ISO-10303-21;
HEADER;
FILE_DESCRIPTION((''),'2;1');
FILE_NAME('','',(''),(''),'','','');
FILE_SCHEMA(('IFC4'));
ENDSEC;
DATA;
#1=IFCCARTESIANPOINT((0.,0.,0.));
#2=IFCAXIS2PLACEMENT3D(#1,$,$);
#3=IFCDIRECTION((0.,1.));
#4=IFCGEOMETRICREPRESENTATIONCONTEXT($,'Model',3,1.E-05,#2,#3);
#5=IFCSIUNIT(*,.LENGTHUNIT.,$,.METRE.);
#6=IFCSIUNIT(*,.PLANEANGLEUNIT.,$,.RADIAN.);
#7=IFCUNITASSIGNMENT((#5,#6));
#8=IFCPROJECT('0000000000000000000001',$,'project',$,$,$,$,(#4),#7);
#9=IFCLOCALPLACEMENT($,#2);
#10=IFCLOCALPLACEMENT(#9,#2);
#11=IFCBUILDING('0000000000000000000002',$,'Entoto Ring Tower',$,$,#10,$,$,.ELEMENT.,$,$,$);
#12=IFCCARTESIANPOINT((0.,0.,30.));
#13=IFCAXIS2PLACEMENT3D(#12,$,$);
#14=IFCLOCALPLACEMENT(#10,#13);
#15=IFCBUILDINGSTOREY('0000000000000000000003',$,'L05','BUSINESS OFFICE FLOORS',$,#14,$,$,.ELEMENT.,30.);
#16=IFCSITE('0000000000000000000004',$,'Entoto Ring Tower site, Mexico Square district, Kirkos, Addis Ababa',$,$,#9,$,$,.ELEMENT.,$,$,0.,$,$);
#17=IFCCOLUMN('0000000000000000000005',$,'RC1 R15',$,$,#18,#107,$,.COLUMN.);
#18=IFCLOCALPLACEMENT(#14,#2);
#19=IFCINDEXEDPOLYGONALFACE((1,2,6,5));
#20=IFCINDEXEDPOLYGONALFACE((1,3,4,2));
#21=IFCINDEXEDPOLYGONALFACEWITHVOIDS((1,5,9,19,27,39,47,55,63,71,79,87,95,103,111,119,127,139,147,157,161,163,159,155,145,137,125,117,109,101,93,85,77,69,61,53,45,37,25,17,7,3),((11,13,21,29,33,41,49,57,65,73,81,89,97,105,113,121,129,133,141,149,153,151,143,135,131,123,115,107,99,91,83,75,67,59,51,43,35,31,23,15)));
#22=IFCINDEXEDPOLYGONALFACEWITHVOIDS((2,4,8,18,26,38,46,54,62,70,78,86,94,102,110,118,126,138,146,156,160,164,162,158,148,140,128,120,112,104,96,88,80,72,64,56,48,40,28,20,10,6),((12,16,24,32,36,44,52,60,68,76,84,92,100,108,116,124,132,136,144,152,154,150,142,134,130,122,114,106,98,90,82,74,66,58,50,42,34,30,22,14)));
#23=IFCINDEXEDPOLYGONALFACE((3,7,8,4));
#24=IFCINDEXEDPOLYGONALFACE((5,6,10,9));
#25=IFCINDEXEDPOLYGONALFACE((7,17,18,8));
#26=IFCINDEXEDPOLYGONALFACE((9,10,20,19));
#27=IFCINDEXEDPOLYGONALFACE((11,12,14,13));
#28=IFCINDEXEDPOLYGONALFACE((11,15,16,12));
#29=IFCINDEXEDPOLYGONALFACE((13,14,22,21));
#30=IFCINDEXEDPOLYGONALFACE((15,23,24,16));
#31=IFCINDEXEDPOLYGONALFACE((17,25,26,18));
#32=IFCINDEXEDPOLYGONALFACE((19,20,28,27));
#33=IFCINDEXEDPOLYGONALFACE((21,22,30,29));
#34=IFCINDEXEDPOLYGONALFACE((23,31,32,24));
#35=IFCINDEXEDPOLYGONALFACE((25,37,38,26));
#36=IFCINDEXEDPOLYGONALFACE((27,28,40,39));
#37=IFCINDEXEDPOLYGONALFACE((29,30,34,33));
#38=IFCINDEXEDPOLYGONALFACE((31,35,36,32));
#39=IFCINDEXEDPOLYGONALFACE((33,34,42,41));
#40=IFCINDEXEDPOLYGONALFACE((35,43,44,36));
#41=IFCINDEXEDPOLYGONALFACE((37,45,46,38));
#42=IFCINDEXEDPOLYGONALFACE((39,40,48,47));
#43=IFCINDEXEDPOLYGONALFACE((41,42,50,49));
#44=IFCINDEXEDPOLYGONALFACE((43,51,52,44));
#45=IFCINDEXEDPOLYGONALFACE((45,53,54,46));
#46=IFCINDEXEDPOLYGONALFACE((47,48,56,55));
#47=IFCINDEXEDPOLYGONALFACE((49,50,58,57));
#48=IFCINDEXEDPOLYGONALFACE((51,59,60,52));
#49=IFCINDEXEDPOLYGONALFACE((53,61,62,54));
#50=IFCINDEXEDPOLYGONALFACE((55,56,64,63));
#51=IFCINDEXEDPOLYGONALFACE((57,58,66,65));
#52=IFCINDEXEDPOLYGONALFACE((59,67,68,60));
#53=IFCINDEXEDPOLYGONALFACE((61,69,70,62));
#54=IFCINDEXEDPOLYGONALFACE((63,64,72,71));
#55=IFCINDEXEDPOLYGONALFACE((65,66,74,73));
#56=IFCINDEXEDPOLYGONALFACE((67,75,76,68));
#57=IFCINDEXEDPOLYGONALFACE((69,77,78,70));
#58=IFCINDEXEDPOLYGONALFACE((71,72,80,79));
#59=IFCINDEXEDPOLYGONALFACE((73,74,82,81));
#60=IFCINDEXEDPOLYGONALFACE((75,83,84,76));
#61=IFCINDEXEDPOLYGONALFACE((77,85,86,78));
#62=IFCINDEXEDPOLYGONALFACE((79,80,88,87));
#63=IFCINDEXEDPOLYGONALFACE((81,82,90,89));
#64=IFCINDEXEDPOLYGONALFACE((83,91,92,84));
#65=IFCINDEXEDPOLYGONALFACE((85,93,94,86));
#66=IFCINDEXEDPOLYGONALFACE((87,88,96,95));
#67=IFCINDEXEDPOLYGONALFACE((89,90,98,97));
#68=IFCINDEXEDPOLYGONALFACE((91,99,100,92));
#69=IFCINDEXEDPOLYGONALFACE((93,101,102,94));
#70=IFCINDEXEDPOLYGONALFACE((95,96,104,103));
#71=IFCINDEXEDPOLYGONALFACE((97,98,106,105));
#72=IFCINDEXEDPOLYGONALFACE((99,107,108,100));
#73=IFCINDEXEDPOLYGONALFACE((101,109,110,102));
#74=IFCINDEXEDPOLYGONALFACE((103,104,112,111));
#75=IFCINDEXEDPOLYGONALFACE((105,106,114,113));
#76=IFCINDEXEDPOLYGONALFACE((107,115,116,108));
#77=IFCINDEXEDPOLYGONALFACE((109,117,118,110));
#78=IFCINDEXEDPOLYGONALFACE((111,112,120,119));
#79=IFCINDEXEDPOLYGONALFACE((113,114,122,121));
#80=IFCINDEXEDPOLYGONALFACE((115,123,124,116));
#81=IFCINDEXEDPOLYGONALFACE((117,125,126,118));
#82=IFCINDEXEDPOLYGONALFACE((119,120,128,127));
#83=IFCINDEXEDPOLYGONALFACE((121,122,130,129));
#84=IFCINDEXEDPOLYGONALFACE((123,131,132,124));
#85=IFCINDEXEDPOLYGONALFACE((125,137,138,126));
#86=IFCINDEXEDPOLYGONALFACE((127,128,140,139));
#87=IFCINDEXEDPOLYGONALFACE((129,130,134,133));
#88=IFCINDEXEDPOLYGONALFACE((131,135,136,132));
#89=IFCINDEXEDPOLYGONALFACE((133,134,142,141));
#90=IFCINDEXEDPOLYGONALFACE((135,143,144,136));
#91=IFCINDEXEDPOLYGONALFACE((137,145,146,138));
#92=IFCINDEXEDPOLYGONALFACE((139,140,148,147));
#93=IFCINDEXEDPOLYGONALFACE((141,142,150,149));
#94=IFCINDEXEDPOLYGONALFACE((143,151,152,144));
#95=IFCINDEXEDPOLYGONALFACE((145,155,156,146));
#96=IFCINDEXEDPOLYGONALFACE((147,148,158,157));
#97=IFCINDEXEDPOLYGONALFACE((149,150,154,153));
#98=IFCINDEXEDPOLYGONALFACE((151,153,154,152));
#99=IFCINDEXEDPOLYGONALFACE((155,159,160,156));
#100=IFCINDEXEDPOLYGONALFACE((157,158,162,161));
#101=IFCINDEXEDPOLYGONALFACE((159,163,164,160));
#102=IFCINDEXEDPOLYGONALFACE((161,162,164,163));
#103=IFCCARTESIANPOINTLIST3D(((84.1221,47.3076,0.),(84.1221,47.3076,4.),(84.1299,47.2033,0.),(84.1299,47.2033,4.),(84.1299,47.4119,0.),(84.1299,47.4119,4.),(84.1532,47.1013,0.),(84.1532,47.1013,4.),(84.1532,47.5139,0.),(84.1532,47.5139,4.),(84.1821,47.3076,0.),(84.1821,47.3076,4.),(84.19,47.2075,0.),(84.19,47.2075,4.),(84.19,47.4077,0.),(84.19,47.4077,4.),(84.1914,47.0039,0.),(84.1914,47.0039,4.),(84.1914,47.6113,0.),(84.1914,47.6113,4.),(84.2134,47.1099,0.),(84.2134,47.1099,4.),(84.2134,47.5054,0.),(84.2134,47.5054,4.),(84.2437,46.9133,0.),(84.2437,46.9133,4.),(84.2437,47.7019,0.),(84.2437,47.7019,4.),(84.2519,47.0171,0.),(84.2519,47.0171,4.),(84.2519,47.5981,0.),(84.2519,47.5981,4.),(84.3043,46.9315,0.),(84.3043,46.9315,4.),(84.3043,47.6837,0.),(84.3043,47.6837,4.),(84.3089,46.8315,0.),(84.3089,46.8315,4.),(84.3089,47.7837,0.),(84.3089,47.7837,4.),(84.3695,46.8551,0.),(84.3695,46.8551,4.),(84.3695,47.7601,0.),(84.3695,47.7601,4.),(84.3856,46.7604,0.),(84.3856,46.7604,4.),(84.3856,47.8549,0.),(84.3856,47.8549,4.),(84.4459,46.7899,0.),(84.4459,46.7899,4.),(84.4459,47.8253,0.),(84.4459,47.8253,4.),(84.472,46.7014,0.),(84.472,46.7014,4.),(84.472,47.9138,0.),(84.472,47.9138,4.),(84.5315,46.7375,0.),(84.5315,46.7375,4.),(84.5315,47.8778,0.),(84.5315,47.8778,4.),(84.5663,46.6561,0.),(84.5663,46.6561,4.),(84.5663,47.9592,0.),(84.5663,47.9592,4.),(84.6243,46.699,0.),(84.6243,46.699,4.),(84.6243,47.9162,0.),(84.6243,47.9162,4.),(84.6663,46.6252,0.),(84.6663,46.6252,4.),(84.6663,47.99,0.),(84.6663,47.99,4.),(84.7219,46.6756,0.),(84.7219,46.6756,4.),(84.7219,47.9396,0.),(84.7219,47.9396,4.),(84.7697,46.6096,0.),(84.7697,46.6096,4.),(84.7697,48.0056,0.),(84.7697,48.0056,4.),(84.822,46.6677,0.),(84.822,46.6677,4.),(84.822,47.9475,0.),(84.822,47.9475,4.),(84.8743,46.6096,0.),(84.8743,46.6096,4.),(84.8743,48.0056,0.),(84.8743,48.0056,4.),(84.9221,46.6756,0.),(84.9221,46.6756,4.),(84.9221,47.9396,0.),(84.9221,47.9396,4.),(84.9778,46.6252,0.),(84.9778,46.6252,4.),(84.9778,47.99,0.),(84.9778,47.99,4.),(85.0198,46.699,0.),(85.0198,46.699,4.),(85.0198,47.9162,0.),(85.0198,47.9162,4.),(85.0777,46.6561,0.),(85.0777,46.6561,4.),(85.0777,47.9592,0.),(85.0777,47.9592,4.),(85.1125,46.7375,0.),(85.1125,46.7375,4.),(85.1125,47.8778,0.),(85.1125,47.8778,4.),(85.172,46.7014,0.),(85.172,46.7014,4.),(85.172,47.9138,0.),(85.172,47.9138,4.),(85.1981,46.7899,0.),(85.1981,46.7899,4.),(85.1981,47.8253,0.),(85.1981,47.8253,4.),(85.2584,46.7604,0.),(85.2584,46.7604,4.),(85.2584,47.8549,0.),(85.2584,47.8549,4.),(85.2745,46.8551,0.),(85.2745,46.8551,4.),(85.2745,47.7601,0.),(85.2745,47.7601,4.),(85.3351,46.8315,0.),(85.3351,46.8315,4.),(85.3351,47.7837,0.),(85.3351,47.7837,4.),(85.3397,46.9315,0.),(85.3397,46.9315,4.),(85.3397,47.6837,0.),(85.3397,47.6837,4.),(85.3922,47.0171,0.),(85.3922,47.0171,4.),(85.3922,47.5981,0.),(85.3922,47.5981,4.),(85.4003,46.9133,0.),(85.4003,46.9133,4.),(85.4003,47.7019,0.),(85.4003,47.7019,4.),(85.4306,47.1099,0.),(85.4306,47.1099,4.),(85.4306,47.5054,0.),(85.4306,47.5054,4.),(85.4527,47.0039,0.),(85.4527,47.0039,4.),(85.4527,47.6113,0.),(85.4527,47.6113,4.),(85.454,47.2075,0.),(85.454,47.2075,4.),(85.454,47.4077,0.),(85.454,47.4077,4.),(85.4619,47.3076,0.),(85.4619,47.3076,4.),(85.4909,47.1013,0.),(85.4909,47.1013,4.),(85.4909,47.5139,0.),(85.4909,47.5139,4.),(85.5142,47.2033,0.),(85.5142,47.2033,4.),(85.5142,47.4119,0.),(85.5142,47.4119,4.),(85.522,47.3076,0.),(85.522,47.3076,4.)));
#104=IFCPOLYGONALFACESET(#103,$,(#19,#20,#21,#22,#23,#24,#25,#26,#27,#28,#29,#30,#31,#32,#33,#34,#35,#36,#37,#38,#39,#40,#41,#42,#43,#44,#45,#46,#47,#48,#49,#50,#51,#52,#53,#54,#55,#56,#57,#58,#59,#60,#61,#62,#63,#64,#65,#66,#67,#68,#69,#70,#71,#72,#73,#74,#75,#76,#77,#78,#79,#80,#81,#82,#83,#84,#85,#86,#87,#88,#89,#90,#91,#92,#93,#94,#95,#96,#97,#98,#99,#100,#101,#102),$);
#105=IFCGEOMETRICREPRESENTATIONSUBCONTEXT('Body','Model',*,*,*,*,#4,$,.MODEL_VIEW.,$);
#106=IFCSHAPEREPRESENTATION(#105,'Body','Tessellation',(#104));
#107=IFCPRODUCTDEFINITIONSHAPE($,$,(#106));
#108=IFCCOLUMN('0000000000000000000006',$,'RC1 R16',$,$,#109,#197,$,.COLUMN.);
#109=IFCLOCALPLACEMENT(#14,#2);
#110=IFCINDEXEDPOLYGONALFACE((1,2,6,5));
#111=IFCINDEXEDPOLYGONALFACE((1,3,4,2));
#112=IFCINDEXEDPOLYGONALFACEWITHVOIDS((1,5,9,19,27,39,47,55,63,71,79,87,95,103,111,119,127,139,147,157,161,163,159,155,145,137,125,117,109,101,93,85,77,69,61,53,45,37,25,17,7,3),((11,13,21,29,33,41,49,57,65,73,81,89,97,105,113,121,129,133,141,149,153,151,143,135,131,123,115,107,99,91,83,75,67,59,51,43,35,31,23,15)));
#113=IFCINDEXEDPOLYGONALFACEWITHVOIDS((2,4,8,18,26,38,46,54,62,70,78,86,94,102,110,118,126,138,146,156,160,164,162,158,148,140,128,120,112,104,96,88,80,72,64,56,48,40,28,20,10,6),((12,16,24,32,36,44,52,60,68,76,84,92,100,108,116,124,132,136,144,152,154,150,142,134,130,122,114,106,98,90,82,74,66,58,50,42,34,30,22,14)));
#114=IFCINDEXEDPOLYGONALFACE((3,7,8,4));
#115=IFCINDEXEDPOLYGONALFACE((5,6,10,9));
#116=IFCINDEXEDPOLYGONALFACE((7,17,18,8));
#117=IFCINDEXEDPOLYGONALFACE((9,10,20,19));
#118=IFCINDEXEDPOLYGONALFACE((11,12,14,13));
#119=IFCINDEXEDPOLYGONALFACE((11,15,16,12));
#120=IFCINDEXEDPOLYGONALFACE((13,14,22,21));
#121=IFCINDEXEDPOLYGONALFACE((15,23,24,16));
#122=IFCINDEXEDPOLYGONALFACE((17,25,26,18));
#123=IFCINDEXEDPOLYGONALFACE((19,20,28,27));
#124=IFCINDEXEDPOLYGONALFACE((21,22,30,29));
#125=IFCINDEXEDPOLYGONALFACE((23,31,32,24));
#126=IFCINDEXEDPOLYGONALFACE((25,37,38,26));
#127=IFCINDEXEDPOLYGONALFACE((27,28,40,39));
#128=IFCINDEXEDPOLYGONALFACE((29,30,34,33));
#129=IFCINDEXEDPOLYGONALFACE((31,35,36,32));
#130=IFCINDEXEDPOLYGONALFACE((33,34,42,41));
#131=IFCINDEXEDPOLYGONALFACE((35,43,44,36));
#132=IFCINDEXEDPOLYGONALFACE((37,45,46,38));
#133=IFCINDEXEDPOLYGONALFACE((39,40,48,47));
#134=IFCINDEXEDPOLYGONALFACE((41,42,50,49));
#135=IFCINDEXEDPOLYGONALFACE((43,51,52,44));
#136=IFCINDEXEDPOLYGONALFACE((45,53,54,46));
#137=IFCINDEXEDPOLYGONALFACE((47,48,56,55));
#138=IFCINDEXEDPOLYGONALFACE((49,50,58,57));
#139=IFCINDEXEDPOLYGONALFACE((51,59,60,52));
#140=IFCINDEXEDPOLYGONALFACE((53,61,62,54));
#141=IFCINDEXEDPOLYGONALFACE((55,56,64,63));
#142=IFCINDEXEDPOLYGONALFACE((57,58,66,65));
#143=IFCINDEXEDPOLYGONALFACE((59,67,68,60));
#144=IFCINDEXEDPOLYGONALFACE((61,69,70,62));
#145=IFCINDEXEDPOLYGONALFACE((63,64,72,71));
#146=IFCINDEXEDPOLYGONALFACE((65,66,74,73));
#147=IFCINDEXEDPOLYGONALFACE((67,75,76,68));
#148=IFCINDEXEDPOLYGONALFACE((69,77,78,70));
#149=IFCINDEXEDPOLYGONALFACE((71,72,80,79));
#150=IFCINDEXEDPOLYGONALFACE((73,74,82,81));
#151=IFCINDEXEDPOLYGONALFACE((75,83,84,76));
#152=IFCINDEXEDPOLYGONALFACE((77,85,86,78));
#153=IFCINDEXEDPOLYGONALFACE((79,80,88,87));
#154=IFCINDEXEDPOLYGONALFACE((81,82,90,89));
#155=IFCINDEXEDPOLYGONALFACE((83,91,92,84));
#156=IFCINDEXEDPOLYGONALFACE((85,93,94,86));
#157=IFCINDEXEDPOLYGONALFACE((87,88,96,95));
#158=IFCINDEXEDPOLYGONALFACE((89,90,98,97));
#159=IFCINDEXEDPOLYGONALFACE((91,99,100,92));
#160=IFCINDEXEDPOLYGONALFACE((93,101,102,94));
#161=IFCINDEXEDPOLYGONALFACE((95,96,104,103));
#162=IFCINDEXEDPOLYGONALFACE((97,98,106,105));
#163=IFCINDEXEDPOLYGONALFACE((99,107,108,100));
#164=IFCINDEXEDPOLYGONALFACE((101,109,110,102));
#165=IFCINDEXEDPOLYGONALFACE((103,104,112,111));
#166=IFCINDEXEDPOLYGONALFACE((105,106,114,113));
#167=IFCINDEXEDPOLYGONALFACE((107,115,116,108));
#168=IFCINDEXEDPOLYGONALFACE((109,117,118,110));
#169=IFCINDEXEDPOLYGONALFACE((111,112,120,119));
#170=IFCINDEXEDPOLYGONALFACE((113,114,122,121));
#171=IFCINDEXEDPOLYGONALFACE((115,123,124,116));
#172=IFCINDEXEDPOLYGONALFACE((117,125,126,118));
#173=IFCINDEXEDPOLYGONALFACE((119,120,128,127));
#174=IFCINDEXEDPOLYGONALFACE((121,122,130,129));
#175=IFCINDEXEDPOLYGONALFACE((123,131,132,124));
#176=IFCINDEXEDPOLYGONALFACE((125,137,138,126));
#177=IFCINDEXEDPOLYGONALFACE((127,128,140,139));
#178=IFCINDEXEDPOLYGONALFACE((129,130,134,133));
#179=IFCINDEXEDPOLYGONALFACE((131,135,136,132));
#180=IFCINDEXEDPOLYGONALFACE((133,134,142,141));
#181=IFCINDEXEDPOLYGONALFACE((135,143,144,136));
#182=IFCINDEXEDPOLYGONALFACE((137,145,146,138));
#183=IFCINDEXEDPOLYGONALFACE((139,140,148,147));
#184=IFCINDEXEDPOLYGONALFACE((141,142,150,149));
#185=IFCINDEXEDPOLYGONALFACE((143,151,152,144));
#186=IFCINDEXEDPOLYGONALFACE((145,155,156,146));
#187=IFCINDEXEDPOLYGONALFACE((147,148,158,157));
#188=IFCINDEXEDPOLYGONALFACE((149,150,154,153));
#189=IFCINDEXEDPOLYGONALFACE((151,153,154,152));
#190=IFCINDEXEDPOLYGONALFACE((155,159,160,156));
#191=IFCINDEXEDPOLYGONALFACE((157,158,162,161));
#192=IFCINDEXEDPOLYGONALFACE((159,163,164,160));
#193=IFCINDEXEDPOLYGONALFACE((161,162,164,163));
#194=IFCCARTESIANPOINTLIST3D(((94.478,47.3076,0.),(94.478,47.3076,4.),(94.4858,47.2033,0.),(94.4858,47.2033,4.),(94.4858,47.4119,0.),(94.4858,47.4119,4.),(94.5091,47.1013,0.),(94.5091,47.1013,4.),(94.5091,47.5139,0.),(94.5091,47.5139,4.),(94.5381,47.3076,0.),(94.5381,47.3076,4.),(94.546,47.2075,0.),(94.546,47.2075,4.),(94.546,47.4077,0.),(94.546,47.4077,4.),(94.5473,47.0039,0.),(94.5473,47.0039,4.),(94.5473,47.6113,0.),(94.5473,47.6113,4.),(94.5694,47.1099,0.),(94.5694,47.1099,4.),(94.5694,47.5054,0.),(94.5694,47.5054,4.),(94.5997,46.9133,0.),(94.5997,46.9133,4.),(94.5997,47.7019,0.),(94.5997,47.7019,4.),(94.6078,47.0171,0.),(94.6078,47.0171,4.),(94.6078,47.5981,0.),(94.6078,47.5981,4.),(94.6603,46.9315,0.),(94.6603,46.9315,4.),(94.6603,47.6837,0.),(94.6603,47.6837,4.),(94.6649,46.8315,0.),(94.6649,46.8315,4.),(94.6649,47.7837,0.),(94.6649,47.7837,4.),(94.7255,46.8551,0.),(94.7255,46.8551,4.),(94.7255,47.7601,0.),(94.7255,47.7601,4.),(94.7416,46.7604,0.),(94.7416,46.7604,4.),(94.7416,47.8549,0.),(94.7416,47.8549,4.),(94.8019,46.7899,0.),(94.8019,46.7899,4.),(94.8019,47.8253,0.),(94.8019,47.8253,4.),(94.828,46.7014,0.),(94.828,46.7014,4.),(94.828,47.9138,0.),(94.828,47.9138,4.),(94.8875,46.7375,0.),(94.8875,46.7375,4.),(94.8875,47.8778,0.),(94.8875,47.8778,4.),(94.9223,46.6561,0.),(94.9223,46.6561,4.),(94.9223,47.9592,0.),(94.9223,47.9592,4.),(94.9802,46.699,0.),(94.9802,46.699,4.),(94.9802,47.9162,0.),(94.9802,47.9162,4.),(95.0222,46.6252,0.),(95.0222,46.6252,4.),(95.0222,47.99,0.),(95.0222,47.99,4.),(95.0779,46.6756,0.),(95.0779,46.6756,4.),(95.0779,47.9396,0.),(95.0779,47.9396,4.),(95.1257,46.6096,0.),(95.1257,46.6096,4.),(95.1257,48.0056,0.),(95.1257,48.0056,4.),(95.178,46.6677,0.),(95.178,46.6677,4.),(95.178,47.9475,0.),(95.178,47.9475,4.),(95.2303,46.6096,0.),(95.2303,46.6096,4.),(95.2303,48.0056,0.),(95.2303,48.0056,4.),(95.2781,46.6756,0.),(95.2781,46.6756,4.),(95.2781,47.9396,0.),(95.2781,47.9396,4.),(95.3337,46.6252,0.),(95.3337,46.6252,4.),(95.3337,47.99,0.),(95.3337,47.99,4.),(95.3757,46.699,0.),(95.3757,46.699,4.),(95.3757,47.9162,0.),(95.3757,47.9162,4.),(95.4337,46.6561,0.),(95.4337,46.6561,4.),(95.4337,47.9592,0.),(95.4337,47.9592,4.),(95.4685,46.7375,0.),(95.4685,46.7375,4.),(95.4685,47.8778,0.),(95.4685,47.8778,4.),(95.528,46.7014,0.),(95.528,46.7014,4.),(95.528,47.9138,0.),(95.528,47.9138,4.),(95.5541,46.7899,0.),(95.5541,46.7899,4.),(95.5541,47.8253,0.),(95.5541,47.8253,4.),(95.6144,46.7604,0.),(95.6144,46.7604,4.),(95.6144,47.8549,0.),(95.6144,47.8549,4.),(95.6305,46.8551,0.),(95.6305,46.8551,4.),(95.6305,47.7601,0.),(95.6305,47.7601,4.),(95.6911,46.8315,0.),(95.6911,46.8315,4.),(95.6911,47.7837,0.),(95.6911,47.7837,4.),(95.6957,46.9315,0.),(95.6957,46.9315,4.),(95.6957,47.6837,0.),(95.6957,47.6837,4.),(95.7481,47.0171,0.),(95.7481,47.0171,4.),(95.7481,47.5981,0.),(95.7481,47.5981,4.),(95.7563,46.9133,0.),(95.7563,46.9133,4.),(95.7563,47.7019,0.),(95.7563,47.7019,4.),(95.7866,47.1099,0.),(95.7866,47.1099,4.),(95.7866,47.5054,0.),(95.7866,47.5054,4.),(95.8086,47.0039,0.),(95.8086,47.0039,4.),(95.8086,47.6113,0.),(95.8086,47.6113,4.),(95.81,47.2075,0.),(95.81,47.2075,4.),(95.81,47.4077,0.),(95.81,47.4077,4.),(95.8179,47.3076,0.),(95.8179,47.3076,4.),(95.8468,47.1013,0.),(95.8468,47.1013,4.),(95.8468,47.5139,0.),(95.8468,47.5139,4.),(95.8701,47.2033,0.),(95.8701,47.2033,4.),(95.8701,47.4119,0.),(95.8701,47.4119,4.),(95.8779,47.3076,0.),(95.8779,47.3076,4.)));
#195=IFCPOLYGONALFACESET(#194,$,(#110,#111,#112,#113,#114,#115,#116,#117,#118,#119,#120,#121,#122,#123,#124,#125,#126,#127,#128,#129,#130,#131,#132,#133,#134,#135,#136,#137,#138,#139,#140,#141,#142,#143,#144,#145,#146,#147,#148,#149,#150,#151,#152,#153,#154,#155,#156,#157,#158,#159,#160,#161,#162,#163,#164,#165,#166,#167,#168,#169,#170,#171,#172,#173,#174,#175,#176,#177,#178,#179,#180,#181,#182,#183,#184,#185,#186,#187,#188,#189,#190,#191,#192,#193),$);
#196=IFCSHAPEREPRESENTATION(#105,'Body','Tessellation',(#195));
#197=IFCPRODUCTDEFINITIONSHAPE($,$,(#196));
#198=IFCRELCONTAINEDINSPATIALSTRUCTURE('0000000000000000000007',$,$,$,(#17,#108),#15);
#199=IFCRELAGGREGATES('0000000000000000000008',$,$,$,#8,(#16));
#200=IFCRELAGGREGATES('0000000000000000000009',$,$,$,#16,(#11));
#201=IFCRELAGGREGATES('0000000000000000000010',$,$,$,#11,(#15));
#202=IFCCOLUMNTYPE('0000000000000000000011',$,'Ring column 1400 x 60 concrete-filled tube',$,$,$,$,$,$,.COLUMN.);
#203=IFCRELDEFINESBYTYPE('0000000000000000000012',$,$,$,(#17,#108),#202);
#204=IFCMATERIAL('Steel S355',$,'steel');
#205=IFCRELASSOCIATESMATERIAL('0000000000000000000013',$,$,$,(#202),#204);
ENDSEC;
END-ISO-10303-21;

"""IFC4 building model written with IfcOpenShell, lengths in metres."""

from ifc_helpers import new_model, si_unit, direction, frame, origin, origin_2d, place, context, subcontext, project, spatial, circle, hollow_circle, extrude, material, material_profile, profile_set, type_object, element, save


model = new_model("IFC4")

# Units and contexts
model_context = context("Model", 3, precision=1e-05, world=origin(), true_north=direction((0.0, 1.0)))
body_context = subcontext(model_context, "Body", "Model", "MODEL_VIEW")
ifc_project = project(units=[si_unit("LENGTHUNIT", "METRE"), si_unit("PLANEANGLEUNIT", "RADIAN")], contexts=[model_context])

# Site, building, storey
site_placement = place(None, origin())
site = spatial("IfcSite", under=ifc_project, at=site_placement, Name="Entoto Ring Tower site, Mexico Square district, Kirkos, Addis Ababa", CompositionType="ELEMENT", RefElevation=0.0)
building_placement = place(site_placement, origin())
building = spatial("IfcBuilding", under=site, at=building_placement, Name="Entoto Ring Tower", CompositionType="ELEMENT")
storey_placement = place(building_placement, frame((0.0, 0.0, 30.0)))
storey = spatial("IfcBuildingStorey", under=building, at=storey_placement, Name="L05", Description="BUSINESS OFFICE FLOORS", CompositionType="ELEMENT", Elevation=30.0)

# Columns
ifc_material_1 = material(Name="Steel S355", Category="steel")
ifc_material_profile_1 = material_profile(ifc_material_1, hollow_circle(Radius=0.7, WallThickness=0.0601, at=origin_2d()), Name="CHS 1400 x 60")
ifc_material_2 = material(Name="Concrete C60/75", Category="concrete")
ifc_material_profile_2 = material_profile(ifc_material_2, circle(Radius=0.6399, at=origin_2d()), Name="Concrete C60/75 infill")
ifc_profile_set_1 = profile_set([ifc_material_profile_1, ifc_material_profile_2], Name="Steel S355")
column_type = type_object("IfcColumnType", Name="Ring column 1400 x 60 concrete-filled tube", PredefinedType="COLUMN", material=ifc_profile_set_1)
for number, where, z_axis, x_axis, name in (
    (1, (84.822, 47.3076, 0.0), (0.0, 0.0, 1.0), (1.0, 0.0, 0.0), "RC1 R15"),
    (2, (95.178, 47.3076, 0.0), (0.0, 0.0, 1.0), (1.0, 0.0, 0.0), "RC1 R16"),
):
    element("IfcColumn", number, at=place(storey_placement, frame(where, z_axis=z_axis, x_axis=x_axis)), inside=storey, type_object=column_type, Name=name, PredefinedType="COLUMN", context=body_context, shape_type="SweptSolid", body=[
        extrude(hollow_circle(Radius=0.7, WallThickness=0.0601, at=origin_2d()), origin(), (0.0, 0.0, 1.0), 4.0),
    ])

save(model, "model.ifc")
